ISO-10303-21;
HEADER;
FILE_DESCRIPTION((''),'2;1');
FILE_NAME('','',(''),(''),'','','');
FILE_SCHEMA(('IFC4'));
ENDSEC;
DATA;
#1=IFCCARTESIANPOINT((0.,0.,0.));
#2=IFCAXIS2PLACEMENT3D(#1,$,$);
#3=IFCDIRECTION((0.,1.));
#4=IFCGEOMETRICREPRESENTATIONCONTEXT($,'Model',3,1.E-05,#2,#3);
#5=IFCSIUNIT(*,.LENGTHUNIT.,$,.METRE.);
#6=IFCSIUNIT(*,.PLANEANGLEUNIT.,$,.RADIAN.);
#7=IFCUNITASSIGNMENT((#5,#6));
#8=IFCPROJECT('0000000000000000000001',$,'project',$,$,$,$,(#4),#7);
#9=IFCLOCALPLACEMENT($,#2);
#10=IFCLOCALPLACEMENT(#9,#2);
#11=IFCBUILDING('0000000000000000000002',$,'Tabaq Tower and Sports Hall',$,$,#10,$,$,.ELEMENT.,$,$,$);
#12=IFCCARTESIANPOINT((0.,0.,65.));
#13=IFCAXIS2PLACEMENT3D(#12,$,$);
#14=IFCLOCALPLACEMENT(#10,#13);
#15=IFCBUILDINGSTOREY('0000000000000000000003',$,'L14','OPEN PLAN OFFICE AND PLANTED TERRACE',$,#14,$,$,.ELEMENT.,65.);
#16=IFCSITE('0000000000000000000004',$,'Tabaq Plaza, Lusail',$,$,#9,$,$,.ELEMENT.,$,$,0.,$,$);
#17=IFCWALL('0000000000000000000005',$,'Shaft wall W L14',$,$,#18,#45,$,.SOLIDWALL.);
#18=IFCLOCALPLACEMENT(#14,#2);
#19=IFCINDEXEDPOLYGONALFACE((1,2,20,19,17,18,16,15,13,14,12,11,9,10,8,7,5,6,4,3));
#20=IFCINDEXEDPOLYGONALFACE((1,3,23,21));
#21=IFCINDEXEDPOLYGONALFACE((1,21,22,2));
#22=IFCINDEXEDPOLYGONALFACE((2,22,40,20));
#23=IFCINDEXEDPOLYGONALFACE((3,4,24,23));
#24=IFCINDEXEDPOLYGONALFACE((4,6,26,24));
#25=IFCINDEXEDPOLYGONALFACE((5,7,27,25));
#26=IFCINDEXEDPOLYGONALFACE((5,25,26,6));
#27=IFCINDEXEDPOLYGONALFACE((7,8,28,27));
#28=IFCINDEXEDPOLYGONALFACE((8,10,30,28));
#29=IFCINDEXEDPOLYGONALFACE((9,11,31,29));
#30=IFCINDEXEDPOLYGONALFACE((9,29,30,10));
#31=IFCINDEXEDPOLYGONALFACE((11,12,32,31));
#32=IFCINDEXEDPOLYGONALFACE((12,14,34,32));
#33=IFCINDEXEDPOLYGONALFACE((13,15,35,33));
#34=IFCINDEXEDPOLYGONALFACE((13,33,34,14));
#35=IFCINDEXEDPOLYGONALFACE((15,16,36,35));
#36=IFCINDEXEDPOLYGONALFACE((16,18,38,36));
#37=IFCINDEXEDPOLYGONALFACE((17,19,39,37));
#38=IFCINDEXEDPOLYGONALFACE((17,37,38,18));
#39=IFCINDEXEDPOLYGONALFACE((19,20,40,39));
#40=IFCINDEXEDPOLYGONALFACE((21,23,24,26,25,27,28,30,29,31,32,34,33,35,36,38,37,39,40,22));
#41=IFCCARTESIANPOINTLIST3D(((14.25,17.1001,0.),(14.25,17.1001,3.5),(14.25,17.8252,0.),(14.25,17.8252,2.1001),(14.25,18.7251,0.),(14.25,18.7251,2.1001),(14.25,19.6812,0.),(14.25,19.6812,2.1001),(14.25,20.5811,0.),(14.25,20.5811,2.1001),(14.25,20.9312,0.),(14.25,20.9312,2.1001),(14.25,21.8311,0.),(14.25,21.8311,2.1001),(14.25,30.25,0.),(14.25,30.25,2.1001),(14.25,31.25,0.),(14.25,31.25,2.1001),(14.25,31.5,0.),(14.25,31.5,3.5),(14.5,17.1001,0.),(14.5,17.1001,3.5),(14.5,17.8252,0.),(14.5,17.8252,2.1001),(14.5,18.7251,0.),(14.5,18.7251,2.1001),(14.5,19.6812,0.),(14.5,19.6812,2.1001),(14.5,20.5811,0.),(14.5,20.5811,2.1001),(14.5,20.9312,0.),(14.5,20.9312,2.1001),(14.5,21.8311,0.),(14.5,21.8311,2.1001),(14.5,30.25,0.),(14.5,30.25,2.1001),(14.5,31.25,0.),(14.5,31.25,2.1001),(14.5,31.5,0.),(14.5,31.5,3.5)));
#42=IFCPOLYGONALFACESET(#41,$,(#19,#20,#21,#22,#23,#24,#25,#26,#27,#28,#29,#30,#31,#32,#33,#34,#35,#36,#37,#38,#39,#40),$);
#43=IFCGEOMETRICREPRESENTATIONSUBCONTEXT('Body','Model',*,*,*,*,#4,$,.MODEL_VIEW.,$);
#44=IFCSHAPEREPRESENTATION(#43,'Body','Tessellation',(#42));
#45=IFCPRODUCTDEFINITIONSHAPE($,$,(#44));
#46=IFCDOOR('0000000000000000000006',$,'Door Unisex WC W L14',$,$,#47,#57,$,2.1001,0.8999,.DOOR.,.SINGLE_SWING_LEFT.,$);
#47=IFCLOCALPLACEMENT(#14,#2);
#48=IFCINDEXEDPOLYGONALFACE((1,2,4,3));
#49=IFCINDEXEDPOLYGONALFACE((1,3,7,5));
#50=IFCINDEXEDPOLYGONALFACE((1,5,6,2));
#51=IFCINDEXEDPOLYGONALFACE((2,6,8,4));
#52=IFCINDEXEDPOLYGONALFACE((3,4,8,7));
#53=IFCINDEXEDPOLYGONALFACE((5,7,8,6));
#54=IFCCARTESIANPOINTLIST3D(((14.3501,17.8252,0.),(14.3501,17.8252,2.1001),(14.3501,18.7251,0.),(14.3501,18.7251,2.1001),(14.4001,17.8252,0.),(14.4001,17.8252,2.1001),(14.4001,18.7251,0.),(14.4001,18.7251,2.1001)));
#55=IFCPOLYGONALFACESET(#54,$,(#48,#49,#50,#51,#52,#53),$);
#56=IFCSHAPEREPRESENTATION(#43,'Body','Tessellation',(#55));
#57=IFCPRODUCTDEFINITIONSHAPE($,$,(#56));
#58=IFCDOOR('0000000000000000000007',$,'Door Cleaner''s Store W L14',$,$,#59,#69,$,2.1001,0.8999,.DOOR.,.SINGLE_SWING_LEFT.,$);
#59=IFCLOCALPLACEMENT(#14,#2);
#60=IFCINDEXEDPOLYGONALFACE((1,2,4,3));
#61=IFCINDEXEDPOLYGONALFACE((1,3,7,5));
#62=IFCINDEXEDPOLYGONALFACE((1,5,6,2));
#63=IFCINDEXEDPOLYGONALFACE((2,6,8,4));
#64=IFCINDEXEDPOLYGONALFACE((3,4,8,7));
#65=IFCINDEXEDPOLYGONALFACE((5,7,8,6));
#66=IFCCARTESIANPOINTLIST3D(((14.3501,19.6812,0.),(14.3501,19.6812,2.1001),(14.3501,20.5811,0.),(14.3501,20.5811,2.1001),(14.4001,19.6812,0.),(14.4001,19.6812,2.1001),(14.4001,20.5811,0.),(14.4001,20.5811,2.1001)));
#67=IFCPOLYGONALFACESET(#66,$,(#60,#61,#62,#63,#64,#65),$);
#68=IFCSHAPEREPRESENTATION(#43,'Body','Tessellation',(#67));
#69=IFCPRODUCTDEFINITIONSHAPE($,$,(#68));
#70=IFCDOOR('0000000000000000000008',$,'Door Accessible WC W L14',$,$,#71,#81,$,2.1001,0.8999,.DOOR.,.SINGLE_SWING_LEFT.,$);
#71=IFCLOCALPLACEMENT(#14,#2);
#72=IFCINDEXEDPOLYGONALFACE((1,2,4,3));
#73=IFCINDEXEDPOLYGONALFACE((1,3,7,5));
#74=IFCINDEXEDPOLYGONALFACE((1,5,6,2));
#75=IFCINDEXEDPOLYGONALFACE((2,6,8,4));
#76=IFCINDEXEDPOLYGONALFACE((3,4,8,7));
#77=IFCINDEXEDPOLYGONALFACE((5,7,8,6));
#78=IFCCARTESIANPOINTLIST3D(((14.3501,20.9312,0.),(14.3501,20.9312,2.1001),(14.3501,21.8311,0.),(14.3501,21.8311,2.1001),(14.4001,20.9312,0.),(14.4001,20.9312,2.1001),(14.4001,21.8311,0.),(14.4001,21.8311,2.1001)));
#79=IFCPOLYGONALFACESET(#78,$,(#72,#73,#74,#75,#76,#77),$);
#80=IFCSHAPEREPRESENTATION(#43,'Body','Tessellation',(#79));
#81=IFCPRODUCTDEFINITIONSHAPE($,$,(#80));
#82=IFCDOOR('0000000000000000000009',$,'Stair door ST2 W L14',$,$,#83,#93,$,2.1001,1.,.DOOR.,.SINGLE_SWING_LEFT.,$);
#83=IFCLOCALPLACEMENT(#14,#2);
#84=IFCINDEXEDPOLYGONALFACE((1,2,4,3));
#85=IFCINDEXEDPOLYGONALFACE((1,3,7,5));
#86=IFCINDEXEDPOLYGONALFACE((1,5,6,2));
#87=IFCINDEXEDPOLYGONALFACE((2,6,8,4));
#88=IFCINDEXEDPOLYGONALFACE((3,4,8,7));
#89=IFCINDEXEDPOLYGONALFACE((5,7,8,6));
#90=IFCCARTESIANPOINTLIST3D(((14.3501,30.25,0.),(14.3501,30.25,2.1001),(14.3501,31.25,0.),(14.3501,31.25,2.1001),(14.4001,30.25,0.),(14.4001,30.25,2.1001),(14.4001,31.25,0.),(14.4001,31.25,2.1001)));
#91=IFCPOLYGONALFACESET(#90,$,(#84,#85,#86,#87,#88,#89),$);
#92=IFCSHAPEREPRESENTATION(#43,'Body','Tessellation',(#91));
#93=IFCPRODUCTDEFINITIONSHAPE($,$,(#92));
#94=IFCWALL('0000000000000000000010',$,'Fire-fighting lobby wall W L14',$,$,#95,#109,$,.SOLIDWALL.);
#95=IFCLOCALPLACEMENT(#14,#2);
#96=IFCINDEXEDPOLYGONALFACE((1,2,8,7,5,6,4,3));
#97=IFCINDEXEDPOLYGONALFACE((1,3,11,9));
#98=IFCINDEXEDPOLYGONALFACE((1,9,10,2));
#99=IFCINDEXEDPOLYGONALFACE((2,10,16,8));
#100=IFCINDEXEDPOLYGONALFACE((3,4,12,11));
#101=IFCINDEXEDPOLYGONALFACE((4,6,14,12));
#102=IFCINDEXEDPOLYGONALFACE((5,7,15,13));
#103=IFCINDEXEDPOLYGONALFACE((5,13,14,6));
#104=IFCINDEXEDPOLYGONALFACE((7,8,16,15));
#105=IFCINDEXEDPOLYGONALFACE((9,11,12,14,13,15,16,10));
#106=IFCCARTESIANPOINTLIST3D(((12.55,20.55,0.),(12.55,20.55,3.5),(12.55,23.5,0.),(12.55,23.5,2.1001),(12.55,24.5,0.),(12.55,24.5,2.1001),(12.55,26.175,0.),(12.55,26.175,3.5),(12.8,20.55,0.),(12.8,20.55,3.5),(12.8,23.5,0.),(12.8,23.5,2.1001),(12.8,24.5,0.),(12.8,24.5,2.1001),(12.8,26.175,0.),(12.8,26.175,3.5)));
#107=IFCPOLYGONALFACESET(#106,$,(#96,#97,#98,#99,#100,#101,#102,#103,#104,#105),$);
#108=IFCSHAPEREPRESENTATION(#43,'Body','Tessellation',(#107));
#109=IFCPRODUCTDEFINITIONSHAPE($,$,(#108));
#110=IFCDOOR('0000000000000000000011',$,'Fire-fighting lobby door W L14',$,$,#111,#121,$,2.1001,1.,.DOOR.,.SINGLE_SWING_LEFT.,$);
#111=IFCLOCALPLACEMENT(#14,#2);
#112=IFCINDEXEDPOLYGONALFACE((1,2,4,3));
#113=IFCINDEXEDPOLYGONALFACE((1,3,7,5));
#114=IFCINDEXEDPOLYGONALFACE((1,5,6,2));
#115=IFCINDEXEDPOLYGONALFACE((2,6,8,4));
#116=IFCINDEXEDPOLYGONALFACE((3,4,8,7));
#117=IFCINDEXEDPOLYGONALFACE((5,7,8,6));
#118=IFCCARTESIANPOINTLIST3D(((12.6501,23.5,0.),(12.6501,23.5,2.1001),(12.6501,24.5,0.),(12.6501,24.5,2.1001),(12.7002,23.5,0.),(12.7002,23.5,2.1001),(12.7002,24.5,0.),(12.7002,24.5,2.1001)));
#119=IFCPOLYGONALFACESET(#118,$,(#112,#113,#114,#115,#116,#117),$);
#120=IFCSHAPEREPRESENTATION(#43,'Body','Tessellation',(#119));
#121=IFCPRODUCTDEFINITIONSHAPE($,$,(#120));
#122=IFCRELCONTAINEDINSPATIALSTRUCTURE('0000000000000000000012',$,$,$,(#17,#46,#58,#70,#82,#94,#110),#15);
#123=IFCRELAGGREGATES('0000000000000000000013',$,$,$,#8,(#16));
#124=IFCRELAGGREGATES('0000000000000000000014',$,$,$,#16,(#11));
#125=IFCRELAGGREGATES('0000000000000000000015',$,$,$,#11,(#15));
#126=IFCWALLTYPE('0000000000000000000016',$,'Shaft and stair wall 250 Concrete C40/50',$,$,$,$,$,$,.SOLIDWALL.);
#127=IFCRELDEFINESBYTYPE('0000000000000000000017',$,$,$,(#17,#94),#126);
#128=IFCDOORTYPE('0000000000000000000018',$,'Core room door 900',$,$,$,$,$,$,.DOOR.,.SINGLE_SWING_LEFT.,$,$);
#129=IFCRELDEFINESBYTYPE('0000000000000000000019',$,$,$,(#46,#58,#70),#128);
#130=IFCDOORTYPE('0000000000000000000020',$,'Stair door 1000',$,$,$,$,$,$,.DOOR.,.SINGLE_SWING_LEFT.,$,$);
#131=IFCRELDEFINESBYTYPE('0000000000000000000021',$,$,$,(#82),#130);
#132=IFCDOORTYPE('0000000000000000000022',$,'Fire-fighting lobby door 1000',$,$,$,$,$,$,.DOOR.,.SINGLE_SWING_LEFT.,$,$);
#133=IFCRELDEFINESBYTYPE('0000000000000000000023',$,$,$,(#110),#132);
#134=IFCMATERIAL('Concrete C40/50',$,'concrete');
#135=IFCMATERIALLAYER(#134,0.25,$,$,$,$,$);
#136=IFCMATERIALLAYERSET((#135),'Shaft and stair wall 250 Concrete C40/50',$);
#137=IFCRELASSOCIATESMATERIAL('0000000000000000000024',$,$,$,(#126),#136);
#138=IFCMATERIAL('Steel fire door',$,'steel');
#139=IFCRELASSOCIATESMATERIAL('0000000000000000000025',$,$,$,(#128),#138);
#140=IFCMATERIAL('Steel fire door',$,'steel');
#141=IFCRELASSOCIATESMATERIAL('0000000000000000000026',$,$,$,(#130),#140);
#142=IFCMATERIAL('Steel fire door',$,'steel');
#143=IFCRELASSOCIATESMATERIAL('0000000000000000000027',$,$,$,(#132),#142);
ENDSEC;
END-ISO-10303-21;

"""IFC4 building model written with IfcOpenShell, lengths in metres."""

from ifc_helpers import new_model, si_unit, direction, frame, frame_2d, origin, place, context, subcontext, project, spatial, rectangle, extrude, material, layer, layer_set, type_object, element, fill, save


model = new_model("IFC4")

# Units and contexts
model_context = context("Model", 3, precision=1e-05, world=origin(), true_north=direction((0.0, 1.0)))
body_context = subcontext(model_context, "Body", "Model", "MODEL_VIEW")
ifc_project = project(units=[si_unit("LENGTHUNIT", "METRE"), si_unit("PLANEANGLEUNIT", "RADIAN")], contexts=[model_context])

# Site, building, storey
site_placement = place(None, origin())
site = spatial("IfcSite", under=ifc_project, at=site_placement, Name="Tabaq Plaza, Lusail", CompositionType="ELEMENT", RefElevation=0.0)
building_placement = place(site_placement, origin())
building = spatial("IfcBuilding", under=site, at=building_placement, Name="Tabaq Tower and Sports Hall", CompositionType="ELEMENT")
storey_placement = place(building_placement, frame((0.0, 0.0, 65.0)))
storey = spatial("IfcBuildingStorey", under=building, at=storey_placement, Name="L14", Description="OPEN PLAN OFFICE AND PLANTED TERRACE", CompositionType="ELEMENT", Elevation=65.0)

# Wall, openings, doors
ifc_material_1 = material(Name="Concrete C40/50", Category="concrete")
ifc_layer_1 = layer(ifc_material_1, 0.25)
ifc_layer_set_1 = layer_set([ifc_layer_1], Name="Shaft and stair wall 250 Concrete C40/50")
wall_type_1 = type_object("IfcWallType", Name="Shaft and stair wall 250 Concrete C40/50", PredefinedType="SOLIDWALL", material=ifc_layer_set_1)
wall_1_placement = place(storey_placement, frame((14.375, 17.1001, 0.0), z_axis=(0.0, 0.0, 1.0), x_axis=(0.0, 1.0, 0.0)))
wall_1 = element("IfcWall", 1, at=wall_1_placement, inside=storey, type_object=wall_type_1, Name="Shaft wall W L14", PredefinedType="SOLIDWALL", context=body_context, shape_type="SweptSolid", body=[
    extrude(rectangle(XDim=14.3999, YDim=0.25, at=frame_2d((7.2, 0.0))), origin(), (0.0, 0.0, 1.0), 3.5),
])
opening_1_placement = place(wall_1_placement, frame((13.1499, 0.0, 0.0)))
opening_1 = element("IfcOpeningElement", 2, at=opening_1_placement, cuts=wall_1, PredefinedType="OPENING", context=body_context, shape_type="SweptSolid", body=[
    extrude(rectangle(XDim=1.0, YDim=2.1001, at=frame_2d((0.5, 1.05))), frame((0.0, 0.125, 0.0), z_axis=(0.0, -1.0, 0.0), x_axis=(1.0, 0.0, 0.0)), (0.0, 0.0, 1.0), 0.25),
])
opening_2_placement = place(wall_1_placement, frame((0.7251, 0.0, 0.0)))
opening_2 = element("IfcOpeningElement", 3, at=opening_2_placement, cuts=wall_1, PredefinedType="OPENING", context=body_context, shape_type="SweptSolid", body=[
    extrude(rectangle(XDim=0.8999, YDim=2.1001, at=frame_2d((0.45, 1.05))), frame((0.0, 0.125, 0.0), z_axis=(0.0, -1.0, 0.0), x_axis=(1.0, 0.0, 0.0)), (0.0, 0.0, 1.0), 0.25),
])
opening_3_placement = place(wall_1_placement, frame((2.5811, 0.0, 0.0)))
opening_3 = element("IfcOpeningElement", 4, at=opening_3_placement, cuts=wall_1, PredefinedType="OPENING", context=body_context, shape_type="SweptSolid", body=[
    extrude(rectangle(XDim=0.8999, YDim=2.1001, at=frame_2d((0.45, 1.05))), frame((0.0, 0.125, 0.0), z_axis=(0.0, -1.0, 0.0), x_axis=(1.0, 0.0, 0.0)), (0.0, 0.0, 1.0), 0.25),
])
opening_4_placement = place(wall_1_placement, frame((3.8311, 0.0, 0.0)))
opening_4 = element("IfcOpeningElement", 5, at=opening_4_placement, cuts=wall_1, PredefinedType="OPENING", context=body_context, shape_type="SweptSolid", body=[
    extrude(rectangle(XDim=0.8999, YDim=2.1001, at=frame_2d((0.45, 1.05))), frame((0.0, 0.125, 0.0), z_axis=(0.0, -1.0, 0.0), x_axis=(1.0, 0.0, 0.0)), (0.0, 0.0, 1.0), 0.25),
])
ifc_material_2 = material(Name="Steel fire door", Category="steel")
door_type_1 = type_object("IfcDoorType", Name="Core room door 900", OperationType="SINGLE_SWING_LEFT", PredefinedType="DOOR", material=ifc_material_2)
door_1_placement = place(opening_2_placement, origin())
door_1 = element("IfcDoor", 6, at=door_1_placement, inside=storey, type_object=door_type_1, Name="Door Unisex WC W L14", OperationType="SINGLE_SWING_LEFT", OverallHeight=2.1001, OverallWidth=0.8999, PredefinedType="DOOR", context=body_context, shape_type="SweptSolid", body=[
    extrude(rectangle(XDim=0.8999, YDim=2.1001, at=frame_2d((0.45, 1.05))), frame((0.0, 0.0249, 0.0), z_axis=(0.0, -1.0, 0.0), x_axis=(1.0, 0.0, 0.0)), (0.0, 0.0, 1.0), 0.05),
])
fill(opening_2, door_1)
door_2_placement = place(opening_3_placement, origin())
door_2 = element("IfcDoor", 7, at=door_2_placement, inside=storey, type_object=door_type_1, Name="Door Cleaner's Store W L14", OperationType="SINGLE_SWING_LEFT", OverallHeight=2.1001, OverallWidth=0.8999, PredefinedType="DOOR", context=body_context, shape_type="SweptSolid", body=[
    extrude(rectangle(XDim=0.8999, YDim=2.1001, at=frame_2d((0.45, 1.05))), frame((0.0, 0.0249, 0.0), z_axis=(0.0, -1.0, 0.0), x_axis=(1.0, 0.0, 0.0)), (0.0, 0.0, 1.0), 0.05),
])
fill(opening_3, door_2)
door_3_placement = place(opening_4_placement, origin())
door_3 = element("IfcDoor", 8, at=door_3_placement, inside=storey, type_object=door_type_1, Name="Door Accessible WC W L14", OperationType="SINGLE_SWING_LEFT", OverallHeight=2.1001, OverallWidth=0.8999, PredefinedType="DOOR", context=body_context, shape_type="SweptSolid", body=[
    extrude(rectangle(XDim=0.8999, YDim=2.1001, at=frame_2d((0.45, 1.05))), frame((0.0, 0.0249, 0.0), z_axis=(0.0, -1.0, 0.0), x_axis=(1.0, 0.0, 0.0)), (0.0, 0.0, 1.0), 0.05),
])
fill(opening_4, door_3)
ifc_material_3 = material(Name="Steel fire door", Category="steel")
door_type_2 = type_object("IfcDoorType", Name="Stair door 1000", OperationType="SINGLE_SWING_LEFT", PredefinedType="DOOR", material=ifc_material_3)
door_4_placement = place(opening_1_placement, origin())
door_4 = element("IfcDoor", 9, at=door_4_placement, inside=storey, type_object=door_type_2, Name="Stair door ST2 W L14", OperationType="SINGLE_SWING_LEFT", OverallHeight=2.1001, OverallWidth=1.0, PredefinedType="DOOR", context=body_context, shape_type="SweptSolid", body=[
    extrude(rectangle(XDim=1.0, YDim=2.1001, at=frame_2d((0.5, 1.05))), frame((0.0, 0.0249, 0.0), z_axis=(0.0, -1.0, 0.0), x_axis=(1.0, 0.0, 0.0)), (0.0, 0.0, 1.0), 0.05),
])
fill(opening_1, door_4)

# Wall, opening, door
wall_2_placement = place(storey_placement, frame((12.675, 20.55, 0.0), z_axis=(0.0, 0.0, 1.0), x_axis=(0.0, 1.0, 0.0)))
wall_2 = element("IfcWall", 10, at=wall_2_placement, inside=storey, type_object=wall_type_1, Name="Fire-fighting lobby wall W L14", PredefinedType="SOLIDWALL", context=body_context, shape_type="SweptSolid", body=[
    extrude(rectangle(XDim=5.625, YDim=0.25, at=frame_2d((2.8125, 0.0))), origin(), (0.0, 0.0, 1.0), 3.5),
])
opening_5_placement = place(wall_2_placement, frame((2.95, 0.0, 0.0)))
opening_5 = element("IfcOpeningElement", 11, at=opening_5_placement, cuts=wall_2, PredefinedType="OPENING", context=body_context, shape_type="SweptSolid", body=[
    extrude(rectangle(XDim=1.0, YDim=2.1001, at=frame_2d((0.5, 1.05))), frame((0.0, 0.125, 0.0), z_axis=(0.0, -1.0, 0.0), x_axis=(1.0, 0.0, 0.0)), (0.0, 0.0, 1.0), 0.25),
])
ifc_material_4 = material(Name="Steel fire door", Category="steel")
door_type_3 = type_object("IfcDoorType", Name="Fire-fighting lobby door 1000", OperationType="SINGLE_SWING_LEFT", PredefinedType="DOOR", material=ifc_material_4)
door_5_placement = place(opening_5_placement, origin())
door_5 = element("IfcDoor", 12, at=door_5_placement, inside=storey, type_object=door_type_3, Name="Fire-fighting lobby door W L14", OperationType="SINGLE_SWING_LEFT", OverallHeight=2.1001, OverallWidth=1.0, PredefinedType="DOOR", context=body_context, shape_type="SweptSolid", body=[
    extrude(rectangle(XDim=1.0, YDim=2.1001, at=frame_2d((0.5, 1.05))), frame((0.0, 0.0249, 0.0), z_axis=(0.0, -1.0, 0.0), x_axis=(1.0, 0.0, 0.0)), (0.0, 0.0, 1.0), 0.05),
])
fill(opening_5, door_5)

save(model, "model.ifc")
